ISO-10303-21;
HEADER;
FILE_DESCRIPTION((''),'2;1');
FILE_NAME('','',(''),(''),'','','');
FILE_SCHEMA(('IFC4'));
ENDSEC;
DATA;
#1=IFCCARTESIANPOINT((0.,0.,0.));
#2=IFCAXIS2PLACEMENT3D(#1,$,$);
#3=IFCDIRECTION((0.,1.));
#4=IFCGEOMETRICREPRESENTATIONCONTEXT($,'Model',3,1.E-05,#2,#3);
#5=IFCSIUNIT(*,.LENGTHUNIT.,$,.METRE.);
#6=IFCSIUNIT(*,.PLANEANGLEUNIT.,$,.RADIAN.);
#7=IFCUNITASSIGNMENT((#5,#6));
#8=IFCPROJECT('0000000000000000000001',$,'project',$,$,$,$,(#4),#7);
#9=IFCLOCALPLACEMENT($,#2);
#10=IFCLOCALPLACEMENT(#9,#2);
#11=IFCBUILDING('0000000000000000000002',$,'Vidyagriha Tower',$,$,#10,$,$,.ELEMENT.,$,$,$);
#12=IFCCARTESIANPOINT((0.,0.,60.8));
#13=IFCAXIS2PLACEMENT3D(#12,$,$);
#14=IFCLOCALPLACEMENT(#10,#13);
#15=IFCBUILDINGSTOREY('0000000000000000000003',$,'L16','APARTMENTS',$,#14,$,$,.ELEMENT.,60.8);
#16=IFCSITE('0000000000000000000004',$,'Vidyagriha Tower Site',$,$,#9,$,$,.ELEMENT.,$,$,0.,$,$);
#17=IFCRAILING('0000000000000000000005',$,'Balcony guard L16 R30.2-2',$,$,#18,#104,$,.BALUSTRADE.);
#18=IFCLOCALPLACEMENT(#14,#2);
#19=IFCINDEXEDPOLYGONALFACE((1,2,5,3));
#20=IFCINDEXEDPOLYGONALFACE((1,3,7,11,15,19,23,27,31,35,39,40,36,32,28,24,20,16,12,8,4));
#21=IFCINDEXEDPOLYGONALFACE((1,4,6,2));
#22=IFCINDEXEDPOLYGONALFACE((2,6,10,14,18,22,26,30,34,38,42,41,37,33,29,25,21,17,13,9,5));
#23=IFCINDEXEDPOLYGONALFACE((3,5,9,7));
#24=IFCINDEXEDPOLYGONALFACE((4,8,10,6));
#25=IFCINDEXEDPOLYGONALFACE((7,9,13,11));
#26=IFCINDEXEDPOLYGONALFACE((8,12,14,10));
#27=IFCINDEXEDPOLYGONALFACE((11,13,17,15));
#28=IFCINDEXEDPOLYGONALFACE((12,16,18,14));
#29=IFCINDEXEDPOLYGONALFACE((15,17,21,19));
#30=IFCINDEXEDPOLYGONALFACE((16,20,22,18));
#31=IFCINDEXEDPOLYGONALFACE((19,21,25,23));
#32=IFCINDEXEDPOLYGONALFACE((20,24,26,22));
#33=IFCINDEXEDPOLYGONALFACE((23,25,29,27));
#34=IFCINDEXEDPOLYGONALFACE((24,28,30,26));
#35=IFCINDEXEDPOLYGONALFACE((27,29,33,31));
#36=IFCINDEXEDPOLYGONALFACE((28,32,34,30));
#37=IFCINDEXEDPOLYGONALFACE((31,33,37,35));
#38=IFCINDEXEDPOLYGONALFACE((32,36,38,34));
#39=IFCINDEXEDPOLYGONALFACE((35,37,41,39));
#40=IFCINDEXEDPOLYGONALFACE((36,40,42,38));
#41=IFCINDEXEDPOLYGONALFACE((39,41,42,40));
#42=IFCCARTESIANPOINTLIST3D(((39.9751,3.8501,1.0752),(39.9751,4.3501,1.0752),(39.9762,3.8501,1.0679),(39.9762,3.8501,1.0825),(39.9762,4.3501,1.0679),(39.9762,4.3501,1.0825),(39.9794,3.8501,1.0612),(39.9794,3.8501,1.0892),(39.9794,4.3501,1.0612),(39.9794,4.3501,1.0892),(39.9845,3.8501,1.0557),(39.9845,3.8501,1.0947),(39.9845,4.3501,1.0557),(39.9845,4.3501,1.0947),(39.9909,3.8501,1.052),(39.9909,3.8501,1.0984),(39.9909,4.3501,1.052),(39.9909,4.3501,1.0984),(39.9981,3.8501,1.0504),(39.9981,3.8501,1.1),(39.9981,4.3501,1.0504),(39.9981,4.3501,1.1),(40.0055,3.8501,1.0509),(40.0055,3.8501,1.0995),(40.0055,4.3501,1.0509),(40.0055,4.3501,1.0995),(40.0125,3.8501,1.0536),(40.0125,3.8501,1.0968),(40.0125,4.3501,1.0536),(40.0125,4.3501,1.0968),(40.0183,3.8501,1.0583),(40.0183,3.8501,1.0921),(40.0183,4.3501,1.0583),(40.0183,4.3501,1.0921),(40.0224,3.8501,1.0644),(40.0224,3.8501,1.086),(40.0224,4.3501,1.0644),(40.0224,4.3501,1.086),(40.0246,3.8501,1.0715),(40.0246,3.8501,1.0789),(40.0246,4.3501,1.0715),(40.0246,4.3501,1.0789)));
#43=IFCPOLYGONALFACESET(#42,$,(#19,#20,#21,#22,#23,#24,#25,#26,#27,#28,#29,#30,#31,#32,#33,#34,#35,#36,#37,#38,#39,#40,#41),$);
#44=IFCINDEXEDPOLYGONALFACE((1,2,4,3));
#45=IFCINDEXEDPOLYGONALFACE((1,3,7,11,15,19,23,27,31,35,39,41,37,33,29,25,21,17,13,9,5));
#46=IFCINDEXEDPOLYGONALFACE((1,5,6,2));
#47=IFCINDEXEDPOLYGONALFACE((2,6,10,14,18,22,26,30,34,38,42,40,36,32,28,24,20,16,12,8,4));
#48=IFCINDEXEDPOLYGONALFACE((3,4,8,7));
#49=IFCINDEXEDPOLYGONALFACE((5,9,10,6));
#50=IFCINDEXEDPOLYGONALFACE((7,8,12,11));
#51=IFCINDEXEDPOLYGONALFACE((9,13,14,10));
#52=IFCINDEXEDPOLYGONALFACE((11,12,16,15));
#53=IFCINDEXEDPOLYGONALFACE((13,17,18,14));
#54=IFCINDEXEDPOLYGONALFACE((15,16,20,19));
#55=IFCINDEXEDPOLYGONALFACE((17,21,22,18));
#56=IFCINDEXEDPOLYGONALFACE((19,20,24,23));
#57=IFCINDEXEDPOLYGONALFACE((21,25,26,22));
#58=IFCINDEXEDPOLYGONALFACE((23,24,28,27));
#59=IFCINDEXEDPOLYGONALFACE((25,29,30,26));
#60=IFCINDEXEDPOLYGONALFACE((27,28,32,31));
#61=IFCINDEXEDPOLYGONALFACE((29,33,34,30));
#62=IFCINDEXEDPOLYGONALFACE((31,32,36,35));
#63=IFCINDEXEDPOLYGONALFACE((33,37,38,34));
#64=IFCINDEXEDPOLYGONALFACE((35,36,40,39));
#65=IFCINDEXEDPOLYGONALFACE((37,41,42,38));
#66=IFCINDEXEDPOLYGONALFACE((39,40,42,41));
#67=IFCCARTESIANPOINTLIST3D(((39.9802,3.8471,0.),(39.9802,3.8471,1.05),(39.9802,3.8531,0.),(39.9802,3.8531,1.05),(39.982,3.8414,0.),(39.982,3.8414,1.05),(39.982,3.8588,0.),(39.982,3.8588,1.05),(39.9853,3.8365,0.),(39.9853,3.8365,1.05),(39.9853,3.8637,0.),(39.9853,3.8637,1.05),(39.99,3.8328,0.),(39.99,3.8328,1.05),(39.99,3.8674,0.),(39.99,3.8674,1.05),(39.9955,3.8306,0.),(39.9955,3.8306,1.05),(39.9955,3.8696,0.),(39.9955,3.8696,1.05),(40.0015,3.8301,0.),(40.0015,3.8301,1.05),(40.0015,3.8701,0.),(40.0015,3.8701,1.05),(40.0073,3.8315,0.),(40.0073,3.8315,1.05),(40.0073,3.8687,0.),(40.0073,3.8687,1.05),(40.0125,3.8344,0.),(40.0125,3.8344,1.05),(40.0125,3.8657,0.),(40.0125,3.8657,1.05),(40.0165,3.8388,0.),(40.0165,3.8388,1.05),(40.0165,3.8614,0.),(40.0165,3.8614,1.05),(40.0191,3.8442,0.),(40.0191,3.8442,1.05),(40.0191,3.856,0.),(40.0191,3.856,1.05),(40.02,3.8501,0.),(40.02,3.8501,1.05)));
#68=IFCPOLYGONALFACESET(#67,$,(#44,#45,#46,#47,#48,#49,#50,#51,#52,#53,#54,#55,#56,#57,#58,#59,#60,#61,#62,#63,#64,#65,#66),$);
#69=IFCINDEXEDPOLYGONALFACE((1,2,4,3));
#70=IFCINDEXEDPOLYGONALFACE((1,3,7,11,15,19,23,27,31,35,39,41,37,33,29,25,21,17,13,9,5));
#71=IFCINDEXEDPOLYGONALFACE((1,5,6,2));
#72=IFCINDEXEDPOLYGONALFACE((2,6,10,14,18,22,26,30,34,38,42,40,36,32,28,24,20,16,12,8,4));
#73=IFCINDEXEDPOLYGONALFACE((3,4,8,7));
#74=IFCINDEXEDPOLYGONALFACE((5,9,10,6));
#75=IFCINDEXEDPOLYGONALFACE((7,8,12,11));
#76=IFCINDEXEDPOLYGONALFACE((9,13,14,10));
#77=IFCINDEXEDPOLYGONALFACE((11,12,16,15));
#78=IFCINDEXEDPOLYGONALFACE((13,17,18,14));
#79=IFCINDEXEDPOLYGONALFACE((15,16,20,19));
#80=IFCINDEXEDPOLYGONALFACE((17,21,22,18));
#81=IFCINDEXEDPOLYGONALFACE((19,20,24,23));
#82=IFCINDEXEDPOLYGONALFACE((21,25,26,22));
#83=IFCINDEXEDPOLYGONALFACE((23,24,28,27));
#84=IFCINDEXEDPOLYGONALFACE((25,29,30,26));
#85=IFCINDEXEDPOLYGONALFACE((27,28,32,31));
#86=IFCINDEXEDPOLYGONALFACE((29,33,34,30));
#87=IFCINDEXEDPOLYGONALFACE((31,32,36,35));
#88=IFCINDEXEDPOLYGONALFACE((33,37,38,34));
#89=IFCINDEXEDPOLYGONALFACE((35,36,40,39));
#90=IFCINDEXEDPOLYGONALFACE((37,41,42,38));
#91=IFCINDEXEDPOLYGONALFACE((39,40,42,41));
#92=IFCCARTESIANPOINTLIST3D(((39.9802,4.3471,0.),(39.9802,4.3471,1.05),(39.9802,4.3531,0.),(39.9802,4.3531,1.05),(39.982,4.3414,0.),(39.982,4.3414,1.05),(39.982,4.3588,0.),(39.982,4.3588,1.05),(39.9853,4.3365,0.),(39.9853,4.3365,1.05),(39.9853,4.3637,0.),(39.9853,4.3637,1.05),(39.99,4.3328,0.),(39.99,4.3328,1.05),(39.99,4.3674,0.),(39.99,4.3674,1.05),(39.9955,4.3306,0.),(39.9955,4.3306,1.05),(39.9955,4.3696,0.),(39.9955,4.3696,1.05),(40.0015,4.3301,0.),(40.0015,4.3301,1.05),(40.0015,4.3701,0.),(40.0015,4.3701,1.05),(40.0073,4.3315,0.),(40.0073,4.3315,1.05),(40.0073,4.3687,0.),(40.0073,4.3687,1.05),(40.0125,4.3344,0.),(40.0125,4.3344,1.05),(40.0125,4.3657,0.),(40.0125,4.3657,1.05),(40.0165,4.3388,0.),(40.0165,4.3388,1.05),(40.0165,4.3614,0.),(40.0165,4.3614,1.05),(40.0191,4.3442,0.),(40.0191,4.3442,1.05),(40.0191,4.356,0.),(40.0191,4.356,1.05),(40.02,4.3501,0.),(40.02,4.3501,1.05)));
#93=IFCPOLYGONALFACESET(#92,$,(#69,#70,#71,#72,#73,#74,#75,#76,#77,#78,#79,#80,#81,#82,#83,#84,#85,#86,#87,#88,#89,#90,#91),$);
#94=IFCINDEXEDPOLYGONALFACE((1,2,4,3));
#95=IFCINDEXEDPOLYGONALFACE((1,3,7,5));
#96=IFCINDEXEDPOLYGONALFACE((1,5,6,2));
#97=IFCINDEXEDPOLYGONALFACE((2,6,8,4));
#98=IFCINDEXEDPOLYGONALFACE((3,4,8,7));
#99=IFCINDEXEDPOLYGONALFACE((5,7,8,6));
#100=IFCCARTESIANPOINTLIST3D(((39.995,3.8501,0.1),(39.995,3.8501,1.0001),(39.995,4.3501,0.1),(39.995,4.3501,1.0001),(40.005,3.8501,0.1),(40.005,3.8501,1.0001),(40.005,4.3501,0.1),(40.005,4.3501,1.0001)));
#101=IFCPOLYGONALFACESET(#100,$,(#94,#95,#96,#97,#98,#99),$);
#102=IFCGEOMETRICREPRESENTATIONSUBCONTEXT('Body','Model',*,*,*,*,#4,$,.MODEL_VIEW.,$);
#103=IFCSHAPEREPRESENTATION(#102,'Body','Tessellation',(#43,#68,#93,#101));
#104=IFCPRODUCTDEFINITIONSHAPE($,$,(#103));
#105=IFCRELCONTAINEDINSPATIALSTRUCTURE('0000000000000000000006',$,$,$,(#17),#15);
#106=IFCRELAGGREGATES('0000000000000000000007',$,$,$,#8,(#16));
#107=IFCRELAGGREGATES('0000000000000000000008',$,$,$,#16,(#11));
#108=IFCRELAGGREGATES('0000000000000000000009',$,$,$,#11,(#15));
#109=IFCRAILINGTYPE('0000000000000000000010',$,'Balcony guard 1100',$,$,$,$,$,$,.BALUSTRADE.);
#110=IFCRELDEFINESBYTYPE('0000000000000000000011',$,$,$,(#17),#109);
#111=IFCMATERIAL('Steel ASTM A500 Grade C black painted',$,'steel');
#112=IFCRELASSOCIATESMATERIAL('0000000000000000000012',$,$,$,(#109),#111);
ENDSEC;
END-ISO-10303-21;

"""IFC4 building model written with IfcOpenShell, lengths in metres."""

from ifc_helpers import new_model, si_unit, direction, frame, origin, origin_2d, place, context, subcontext, project, spatial, rectangle, circle, extrude, material, type_object, element, save


model = new_model("IFC4")

# Units and contexts
model_context = context("Model", 3, precision=1e-05, world=origin(), true_north=direction((0.0, 1.0)))
body_context = subcontext(model_context, "Body", "Model", "MODEL_VIEW")
ifc_project = project(units=[si_unit("LENGTHUNIT", "METRE"), si_unit("PLANEANGLEUNIT", "RADIAN")], contexts=[model_context])

# Site, building, storey
site_placement = place(None, origin())
site = spatial("IfcSite", under=ifc_project, at=site_placement, Name="Vidyagriha Tower Site", CompositionType="ELEMENT", RefElevation=0.0)
building_placement = place(site_placement, origin())
building = spatial("IfcBuilding", under=site, at=building_placement, Name="Vidyagriha Tower", CompositionType="ELEMENT")
storey_placement = place(building_placement, frame((0.0, 0.0, 60.8)))
storey = spatial("IfcBuildingStorey", under=building, at=storey_placement, Name="L16", Description="APARTMENTS", CompositionType="ELEMENT", Elevation=60.8)

# Railing
ifc_material_1 = material(Name="Steel ASTM A500 Grade C black painted", Category="steel")
railing_type_1 = type_object("IfcRailingType", Name="Balcony guard 1100", PredefinedType="BALUSTRADE", material=ifc_material_1)
railing_1_placement = place(storey_placement, frame((40.0, 3.8501, 0.0)))
element("IfcRailing", 1, at=railing_1_placement, inside=storey, type_object=railing_type_1, Name="Balcony guard L16 R30.2-2", PredefinedType="BALUSTRADE", context=body_context, shape_type="SweptSolid", body=[
    extrude(circle(Radius=0.0249, at=origin_2d()), frame((0.0, 0.0, 1.0752), z_axis=(0.0, 1.0, 0.0), x_axis=(-1.0, 0.0, 0.0)), (0.0, 0.0, 1.0), 0.5),
    extrude(circle(Radius=0.02, at=origin_2d()), origin(), (0.0, 0.0, 1.0), 1.05),
    extrude(circle(Radius=0.02, at=origin_2d()), frame((0.0, 0.5, 0.0)), (0.0, 0.0, 1.0), 1.05),
    extrude(rectangle(XDim=0.01, YDim=0.9001, at=origin_2d()), frame((0.0, 0.0, 0.55), z_axis=(0.0, 1.0, 0.0), x_axis=(-1.0, 0.0, 0.0)), (0.0, 0.0, 1.0), 0.5),
])

save(model, "model.ifc")
